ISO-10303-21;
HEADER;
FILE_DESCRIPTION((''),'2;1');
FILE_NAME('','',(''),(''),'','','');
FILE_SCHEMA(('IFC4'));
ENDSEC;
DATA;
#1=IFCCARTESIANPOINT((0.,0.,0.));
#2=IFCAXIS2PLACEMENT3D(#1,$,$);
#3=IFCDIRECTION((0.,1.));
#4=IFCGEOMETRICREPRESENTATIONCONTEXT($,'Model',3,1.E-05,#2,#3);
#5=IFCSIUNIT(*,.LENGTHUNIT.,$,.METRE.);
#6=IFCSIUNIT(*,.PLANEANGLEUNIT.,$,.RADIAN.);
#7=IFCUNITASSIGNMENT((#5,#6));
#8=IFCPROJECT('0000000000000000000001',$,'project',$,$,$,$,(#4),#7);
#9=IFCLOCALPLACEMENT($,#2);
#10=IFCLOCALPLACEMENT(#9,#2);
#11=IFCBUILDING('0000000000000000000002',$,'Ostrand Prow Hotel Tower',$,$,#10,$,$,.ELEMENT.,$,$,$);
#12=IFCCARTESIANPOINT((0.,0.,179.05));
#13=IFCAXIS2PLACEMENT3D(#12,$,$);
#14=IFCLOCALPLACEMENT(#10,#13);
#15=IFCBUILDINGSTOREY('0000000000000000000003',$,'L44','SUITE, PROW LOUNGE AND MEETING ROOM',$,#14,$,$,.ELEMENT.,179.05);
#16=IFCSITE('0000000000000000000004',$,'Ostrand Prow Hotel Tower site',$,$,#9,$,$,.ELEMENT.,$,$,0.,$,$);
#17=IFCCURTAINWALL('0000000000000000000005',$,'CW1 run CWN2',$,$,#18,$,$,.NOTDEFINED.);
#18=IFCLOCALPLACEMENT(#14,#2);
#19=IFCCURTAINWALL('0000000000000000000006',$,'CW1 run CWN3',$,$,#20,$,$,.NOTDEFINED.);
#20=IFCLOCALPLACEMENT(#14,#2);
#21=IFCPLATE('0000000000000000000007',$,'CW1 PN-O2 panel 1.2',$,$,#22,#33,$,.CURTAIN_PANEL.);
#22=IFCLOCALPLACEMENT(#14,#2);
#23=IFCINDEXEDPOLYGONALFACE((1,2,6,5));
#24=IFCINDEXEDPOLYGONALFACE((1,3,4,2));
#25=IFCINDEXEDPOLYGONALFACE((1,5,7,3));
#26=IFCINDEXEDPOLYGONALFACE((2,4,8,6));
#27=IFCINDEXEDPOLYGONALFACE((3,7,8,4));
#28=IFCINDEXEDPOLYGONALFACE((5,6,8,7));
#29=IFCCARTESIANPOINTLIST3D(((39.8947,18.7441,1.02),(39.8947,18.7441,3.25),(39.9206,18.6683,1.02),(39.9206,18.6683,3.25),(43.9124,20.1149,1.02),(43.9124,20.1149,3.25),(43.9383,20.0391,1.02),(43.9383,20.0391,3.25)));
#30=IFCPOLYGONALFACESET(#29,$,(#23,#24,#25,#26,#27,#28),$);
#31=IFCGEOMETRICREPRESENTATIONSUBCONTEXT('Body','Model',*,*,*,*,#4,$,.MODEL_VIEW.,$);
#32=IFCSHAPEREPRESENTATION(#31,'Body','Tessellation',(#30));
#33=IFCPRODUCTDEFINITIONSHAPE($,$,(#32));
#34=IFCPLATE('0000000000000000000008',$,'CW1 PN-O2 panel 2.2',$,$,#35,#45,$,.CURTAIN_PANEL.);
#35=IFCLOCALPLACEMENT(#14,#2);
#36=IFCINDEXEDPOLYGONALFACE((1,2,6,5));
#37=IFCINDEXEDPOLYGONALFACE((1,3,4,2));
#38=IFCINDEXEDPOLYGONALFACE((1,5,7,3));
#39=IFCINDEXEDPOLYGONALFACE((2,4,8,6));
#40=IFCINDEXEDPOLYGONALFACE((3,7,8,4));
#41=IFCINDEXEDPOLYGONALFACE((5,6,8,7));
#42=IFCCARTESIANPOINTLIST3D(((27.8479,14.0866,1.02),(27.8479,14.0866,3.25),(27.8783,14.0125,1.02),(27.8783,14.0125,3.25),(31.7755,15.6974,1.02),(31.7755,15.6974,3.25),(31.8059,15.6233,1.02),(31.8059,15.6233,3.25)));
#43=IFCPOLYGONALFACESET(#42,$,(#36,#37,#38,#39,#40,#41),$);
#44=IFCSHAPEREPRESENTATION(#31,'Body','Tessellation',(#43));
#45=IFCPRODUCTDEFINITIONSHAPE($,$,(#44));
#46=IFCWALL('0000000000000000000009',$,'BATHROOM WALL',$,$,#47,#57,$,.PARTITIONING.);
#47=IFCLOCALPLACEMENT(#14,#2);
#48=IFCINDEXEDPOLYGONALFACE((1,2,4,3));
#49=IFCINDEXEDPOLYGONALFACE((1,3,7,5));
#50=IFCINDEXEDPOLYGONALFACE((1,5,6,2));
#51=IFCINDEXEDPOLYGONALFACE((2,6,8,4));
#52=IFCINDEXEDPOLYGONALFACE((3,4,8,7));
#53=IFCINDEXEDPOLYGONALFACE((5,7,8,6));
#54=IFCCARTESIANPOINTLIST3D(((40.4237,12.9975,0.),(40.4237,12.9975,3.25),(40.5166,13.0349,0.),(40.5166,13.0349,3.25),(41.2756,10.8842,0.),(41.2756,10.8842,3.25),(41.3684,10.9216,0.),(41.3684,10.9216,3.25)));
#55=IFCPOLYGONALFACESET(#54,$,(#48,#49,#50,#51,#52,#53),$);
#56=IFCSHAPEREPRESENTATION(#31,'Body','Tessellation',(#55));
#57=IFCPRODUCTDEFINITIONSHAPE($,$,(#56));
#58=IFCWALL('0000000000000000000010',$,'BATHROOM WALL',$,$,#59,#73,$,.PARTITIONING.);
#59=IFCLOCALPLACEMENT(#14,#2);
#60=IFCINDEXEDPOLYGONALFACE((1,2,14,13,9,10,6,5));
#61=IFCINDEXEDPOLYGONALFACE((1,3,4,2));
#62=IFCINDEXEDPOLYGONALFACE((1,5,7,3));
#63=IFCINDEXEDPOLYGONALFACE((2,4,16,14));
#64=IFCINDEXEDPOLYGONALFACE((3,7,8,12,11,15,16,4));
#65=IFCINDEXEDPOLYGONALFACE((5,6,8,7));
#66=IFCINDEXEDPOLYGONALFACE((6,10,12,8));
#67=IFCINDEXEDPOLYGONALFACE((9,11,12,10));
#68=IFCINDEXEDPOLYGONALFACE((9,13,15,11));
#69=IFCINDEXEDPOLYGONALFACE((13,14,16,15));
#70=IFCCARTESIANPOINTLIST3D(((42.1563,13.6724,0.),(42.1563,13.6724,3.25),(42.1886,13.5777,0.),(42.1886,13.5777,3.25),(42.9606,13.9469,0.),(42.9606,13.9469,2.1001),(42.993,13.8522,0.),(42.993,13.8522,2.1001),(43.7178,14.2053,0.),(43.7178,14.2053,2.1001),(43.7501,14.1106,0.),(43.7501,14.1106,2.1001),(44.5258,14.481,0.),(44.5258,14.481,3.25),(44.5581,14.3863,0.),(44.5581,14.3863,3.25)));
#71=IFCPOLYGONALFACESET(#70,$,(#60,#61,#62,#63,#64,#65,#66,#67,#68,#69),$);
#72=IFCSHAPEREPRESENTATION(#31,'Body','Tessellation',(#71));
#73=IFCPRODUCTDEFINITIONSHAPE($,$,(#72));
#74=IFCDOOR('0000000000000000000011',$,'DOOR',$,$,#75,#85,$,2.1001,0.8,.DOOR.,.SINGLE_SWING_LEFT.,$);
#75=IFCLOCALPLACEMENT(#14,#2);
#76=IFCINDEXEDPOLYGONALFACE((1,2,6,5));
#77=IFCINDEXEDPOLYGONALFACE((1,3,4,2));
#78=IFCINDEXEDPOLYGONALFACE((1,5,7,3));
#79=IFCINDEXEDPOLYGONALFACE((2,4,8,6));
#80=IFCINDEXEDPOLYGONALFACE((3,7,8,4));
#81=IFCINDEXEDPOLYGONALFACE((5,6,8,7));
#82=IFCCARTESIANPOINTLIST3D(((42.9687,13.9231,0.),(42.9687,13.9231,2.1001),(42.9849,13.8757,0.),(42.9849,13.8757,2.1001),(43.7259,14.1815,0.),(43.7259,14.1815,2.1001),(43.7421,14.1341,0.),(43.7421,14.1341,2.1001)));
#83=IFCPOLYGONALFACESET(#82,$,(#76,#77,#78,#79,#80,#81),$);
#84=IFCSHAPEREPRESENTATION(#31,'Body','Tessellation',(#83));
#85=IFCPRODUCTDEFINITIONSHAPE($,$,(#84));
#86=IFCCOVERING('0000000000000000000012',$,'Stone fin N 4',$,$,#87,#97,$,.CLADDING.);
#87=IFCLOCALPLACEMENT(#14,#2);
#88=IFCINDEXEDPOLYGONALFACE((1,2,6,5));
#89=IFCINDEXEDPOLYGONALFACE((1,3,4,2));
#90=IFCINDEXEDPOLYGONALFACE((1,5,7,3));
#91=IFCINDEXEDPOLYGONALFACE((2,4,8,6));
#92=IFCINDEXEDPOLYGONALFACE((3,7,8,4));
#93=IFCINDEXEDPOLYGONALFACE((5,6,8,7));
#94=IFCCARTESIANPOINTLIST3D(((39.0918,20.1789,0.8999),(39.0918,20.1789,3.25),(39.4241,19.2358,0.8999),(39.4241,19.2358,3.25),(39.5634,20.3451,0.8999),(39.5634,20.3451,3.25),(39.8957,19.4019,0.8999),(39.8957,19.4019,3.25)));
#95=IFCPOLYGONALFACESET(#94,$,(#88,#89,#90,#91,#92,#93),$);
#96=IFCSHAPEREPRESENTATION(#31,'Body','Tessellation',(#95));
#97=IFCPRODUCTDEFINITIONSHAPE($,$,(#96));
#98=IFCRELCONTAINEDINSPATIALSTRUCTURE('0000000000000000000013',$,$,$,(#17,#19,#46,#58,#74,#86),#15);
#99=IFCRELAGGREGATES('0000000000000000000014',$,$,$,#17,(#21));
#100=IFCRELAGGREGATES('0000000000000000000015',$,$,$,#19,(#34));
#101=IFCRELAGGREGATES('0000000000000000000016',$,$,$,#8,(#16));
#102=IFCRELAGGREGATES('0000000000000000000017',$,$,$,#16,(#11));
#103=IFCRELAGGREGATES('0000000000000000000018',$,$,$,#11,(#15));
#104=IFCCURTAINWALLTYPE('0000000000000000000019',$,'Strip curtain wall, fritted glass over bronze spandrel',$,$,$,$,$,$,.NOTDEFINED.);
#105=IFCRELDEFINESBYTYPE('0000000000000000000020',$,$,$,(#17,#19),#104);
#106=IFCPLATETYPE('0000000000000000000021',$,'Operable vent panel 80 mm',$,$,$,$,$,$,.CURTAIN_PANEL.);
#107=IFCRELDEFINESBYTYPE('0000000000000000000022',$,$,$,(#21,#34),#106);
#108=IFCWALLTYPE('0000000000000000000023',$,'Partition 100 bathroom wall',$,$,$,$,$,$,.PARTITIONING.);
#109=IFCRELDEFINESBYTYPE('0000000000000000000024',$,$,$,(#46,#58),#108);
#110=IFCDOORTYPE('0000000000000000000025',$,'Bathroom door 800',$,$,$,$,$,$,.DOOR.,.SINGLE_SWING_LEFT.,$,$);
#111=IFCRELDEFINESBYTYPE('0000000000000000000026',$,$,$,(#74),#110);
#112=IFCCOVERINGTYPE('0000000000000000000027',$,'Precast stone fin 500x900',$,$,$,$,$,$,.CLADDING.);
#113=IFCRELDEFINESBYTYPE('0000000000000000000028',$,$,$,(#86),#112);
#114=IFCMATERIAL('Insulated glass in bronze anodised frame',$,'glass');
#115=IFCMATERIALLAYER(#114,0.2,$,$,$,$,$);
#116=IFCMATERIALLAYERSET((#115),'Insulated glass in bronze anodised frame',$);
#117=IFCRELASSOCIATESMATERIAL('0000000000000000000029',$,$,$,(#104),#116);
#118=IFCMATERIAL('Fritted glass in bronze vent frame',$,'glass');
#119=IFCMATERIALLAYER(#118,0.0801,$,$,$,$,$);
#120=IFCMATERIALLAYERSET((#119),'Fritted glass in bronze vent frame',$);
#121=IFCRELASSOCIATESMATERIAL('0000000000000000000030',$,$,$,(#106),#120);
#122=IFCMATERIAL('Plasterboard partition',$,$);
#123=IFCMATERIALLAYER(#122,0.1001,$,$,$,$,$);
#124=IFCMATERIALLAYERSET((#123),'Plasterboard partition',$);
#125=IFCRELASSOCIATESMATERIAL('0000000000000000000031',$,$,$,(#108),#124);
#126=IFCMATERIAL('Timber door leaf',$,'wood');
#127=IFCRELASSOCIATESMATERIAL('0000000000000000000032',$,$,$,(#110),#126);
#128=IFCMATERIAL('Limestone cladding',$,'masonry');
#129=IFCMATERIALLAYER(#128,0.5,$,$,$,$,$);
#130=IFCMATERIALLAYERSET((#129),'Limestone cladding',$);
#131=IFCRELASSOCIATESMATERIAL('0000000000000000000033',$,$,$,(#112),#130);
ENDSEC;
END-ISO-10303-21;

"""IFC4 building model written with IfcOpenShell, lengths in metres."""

from ifc_helpers import new_model, si_unit, direction, frame, frame_2d, origin, origin_2d, place, context, subcontext, project, spatial, rectangle, extrude, material, layer, layer_set, type_object, element, fill, aggregate, save


model = new_model("IFC4")

# Units and contexts
model_context = context("Model", 3, precision=1e-05, world=origin(), true_north=direction((0.0, 1.0)))
body_context = subcontext(model_context, "Body", "Model", "MODEL_VIEW")
ifc_project = project(units=[si_unit("LENGTHUNIT", "METRE"), si_unit("PLANEANGLEUNIT", "RADIAN")], contexts=[model_context])

# Site, building, storey
site_placement = place(None, origin())
site = spatial("IfcSite", under=ifc_project, at=site_placement, Name="Ostrand Prow Hotel Tower site", CompositionType="ELEMENT", RefElevation=0.0)
building_placement = place(site_placement, origin())
building = spatial("IfcBuilding", under=site, at=building_placement, Name="Ostrand Prow Hotel Tower", CompositionType="ELEMENT")
storey_placement = place(building_placement, frame((0.0, 0.0, 179.05)))
storey = spatial("IfcBuildingStorey", under=building, at=storey_placement, Name="L44", Description="SUITE, PROW LOUNGE AND MEETING ROOM", CompositionType="ELEMENT", Elevation=179.05)

# Curtain walls
ifc_material_1 = material(Name="Insulated glass in bronze anodised frame", Category="glass")
ifc_layer_1 = layer(ifc_material_1, 0.2)
ifc_layer_set_1 = layer_set([ifc_layer_1], Name="Insulated glass in bronze anodised frame")
curtain_wall_type = type_object("IfcCurtainWallType", Name="Strip curtain wall, fritted glass over bronze spandrel", PredefinedType="NOTDEFINED", material=ifc_layer_set_1)
curtain_wall_1_placement = place(storey_placement, origin())
curtain_wall_1 = element("IfcCurtainWall", 1, at=curtain_wall_1_placement, inside=storey, type_object=curtain_wall_type, Name="CW1 run CWN2", PredefinedType="NOTDEFINED")
curtain_wall_2_placement = place(storey_placement, origin())
curtain_wall_2 = element("IfcCurtainWall", 2, at=curtain_wall_2_placement, inside=storey, type_object=curtain_wall_type, Name="CW1 run CWN3", PredefinedType="NOTDEFINED")

# Plates
ifc_material_2 = material(Name="Fritted glass in bronze vent frame", Category="glass")
ifc_layer_2 = layer(ifc_material_2, 0.0801)
ifc_layer_set_2 = layer_set([ifc_layer_2], Name="Fritted glass in bronze vent frame")
plate_type_1 = type_object("IfcPlateType", Name="Operable vent panel 80 mm", PredefinedType="CURTAIN_PANEL", material=ifc_layer_set_2)
plate_1_placement = place(storey_placement, frame((41.9165, 19.3916, 1.02), z_axis=(0.0, 0.0, 1.0), x_axis=(-0.94643, -0.322908, 0.0)))
plate_1 = element("IfcPlate", 3, at=plate_1_placement, type_object=plate_type_1, Name="CW1 PN-O2 panel 1.2", PredefinedType="CURTAIN_PANEL", context=body_context, shape_type="SweptSolid", body=[
    extrude(rectangle(XDim=4.2451, YDim=0.0801, at=origin_2d()), origin(), (0.0, 0.0, 1.0), 2.23),
])
aggregate(curtain_wall_1, [plate_1])
plate_2_placement = place(storey_placement, frame((29.8269, 14.855, 1.02), z_axis=(0.0, 0.0, 1.0), x_axis=(-0.925211, -0.379453, 0.0)))
plate_2 = element("IfcPlate", 4, at=plate_2_placement, type_object=plate_type_1, Name="CW1 PN-O2 panel 2.2", PredefinedType="CURTAIN_PANEL", context=body_context, shape_type="SweptSolid", body=[
    extrude(rectangle(XDim=4.2451, YDim=0.0801, at=origin_2d()), origin(), (0.0, 0.0, 1.0), 2.23),
])
aggregate(curtain_wall_2, [plate_2])

# Wall
ifc_material_3 = material(Name="Plasterboard partition")
ifc_layer_3 = layer(ifc_material_3, 0.1001)
ifc_layer_set_3 = layer_set([ifc_layer_3], Name="Plasterboard partition")
wall_type = type_object("IfcWallType", Name="Partition 100 bathroom wall", PredefinedType="PARTITIONING", material=ifc_layer_set_3)
wall_1_placement = place(storey_placement, frame((40.4702, 13.0161, 0.0), z_axis=(0.0, 0.0, 1.0), x_axis=(0.373846, -0.927491, 0.0)))
element("IfcWall", 5, at=wall_1_placement, inside=storey, type_object=wall_type, Name="BATHROOM WALL", PredefinedType="PARTITIONING", context=body_context, shape_type="SweptSolid", body=[
    extrude(rectangle(XDim=2.2786, YDim=0.1001, at=frame_2d((1.1392, 0.0))), origin(), (0.0, 0.0, 1.0), 3.25),
])

# Wall, opening, door
wall_2_placement = place(storey_placement, frame((42.1724, 13.625, 0.0), z_axis=(0.0, 0.0, 1.0), x_axis=(0.946407, 0.322978, 0.0)))
wall_2 = element("IfcWall", 6, at=wall_2_placement, inside=storey, type_object=wall_type, Name="BATHROOM WALL", PredefinedType="PARTITIONING", context=body_context, shape_type="SweptSolid", body=[
    extrude(rectangle(XDim=2.5037, YDim=0.1001, at=frame_2d((1.252, 0.0))), origin(), (0.0, 0.0, 1.0), 3.25),
])
opening_placement = place(wall_2_placement, frame((0.8501, 0.0, 0.0)))
opening = element("IfcOpeningElement", 7, at=opening_placement, cuts=wall_2, PredefinedType="OPENING", context=body_context, shape_type="SweptSolid", body=[
    extrude(rectangle(XDim=0.8, YDim=2.1001, at=frame_2d((0.3999, 1.05))), frame((0.0, 0.0601, 0.0), z_axis=(0.0, -1.0, 0.0), x_axis=(1.0, 0.0, 0.0)), (0.0, 0.0, 1.0), 0.1201),
])
ifc_material_4 = material(Name="Timber door leaf", Category="wood")
door_type = type_object("IfcDoorType", Name="Bathroom door 800", OperationType="SINGLE_SWING_LEFT", PredefinedType="DOOR", material=ifc_material_4)
door_placement = place(opening_placement, origin())
door = element("IfcDoor", 8, at=door_placement, inside=storey, type_object=door_type, Name="DOOR", OperationType="SINGLE_SWING_LEFT", OverallHeight=2.1001, OverallWidth=0.8, PredefinedType="DOOR", context=body_context, shape_type="SweptSolid", body=[
    extrude(rectangle(XDim=0.8, YDim=2.1001, at=frame_2d((0.3999, 1.05))), frame((0.0, 0.0249, 0.0), z_axis=(0.0, -1.0, 0.0), x_axis=(1.0, 0.0, 0.0)), (0.0, 0.0, 1.0), 0.05),
])
fill(opening, door)

# Covering
ifc_material_5 = material(Name="Limestone cladding", Category="masonry")
ifc_layer_4 = layer(ifc_material_5, 0.5)
ifc_layer_set_4 = layer_set([ifc_layer_4], Name="Limestone cladding")
covering_type = type_object("IfcCoveringType", Name="Precast stone fin 500x900", PredefinedType="CLADDING", material=ifc_layer_set_4)
covering_placement = place(storey_placement, frame((39.6599, 19.3188, 0.8999), z_axis=(0.0, 0.0, 1.0), x_axis=(-0.332296, 0.943175, 0.0)))
element("IfcCovering", 9, at=covering_placement, inside=storey, type_object=covering_type, Name="Stone fin N 4", PredefinedType="CLADDING", context=body_context, shape_type="SweptSolid", body=[
    extrude(rectangle(XDim=1.0, YDim=0.5, at=frame_2d((0.5, 0.0))), origin(), (0.0, 0.0, 1.0), 2.3501),
])

save(model, "model.ifc")
